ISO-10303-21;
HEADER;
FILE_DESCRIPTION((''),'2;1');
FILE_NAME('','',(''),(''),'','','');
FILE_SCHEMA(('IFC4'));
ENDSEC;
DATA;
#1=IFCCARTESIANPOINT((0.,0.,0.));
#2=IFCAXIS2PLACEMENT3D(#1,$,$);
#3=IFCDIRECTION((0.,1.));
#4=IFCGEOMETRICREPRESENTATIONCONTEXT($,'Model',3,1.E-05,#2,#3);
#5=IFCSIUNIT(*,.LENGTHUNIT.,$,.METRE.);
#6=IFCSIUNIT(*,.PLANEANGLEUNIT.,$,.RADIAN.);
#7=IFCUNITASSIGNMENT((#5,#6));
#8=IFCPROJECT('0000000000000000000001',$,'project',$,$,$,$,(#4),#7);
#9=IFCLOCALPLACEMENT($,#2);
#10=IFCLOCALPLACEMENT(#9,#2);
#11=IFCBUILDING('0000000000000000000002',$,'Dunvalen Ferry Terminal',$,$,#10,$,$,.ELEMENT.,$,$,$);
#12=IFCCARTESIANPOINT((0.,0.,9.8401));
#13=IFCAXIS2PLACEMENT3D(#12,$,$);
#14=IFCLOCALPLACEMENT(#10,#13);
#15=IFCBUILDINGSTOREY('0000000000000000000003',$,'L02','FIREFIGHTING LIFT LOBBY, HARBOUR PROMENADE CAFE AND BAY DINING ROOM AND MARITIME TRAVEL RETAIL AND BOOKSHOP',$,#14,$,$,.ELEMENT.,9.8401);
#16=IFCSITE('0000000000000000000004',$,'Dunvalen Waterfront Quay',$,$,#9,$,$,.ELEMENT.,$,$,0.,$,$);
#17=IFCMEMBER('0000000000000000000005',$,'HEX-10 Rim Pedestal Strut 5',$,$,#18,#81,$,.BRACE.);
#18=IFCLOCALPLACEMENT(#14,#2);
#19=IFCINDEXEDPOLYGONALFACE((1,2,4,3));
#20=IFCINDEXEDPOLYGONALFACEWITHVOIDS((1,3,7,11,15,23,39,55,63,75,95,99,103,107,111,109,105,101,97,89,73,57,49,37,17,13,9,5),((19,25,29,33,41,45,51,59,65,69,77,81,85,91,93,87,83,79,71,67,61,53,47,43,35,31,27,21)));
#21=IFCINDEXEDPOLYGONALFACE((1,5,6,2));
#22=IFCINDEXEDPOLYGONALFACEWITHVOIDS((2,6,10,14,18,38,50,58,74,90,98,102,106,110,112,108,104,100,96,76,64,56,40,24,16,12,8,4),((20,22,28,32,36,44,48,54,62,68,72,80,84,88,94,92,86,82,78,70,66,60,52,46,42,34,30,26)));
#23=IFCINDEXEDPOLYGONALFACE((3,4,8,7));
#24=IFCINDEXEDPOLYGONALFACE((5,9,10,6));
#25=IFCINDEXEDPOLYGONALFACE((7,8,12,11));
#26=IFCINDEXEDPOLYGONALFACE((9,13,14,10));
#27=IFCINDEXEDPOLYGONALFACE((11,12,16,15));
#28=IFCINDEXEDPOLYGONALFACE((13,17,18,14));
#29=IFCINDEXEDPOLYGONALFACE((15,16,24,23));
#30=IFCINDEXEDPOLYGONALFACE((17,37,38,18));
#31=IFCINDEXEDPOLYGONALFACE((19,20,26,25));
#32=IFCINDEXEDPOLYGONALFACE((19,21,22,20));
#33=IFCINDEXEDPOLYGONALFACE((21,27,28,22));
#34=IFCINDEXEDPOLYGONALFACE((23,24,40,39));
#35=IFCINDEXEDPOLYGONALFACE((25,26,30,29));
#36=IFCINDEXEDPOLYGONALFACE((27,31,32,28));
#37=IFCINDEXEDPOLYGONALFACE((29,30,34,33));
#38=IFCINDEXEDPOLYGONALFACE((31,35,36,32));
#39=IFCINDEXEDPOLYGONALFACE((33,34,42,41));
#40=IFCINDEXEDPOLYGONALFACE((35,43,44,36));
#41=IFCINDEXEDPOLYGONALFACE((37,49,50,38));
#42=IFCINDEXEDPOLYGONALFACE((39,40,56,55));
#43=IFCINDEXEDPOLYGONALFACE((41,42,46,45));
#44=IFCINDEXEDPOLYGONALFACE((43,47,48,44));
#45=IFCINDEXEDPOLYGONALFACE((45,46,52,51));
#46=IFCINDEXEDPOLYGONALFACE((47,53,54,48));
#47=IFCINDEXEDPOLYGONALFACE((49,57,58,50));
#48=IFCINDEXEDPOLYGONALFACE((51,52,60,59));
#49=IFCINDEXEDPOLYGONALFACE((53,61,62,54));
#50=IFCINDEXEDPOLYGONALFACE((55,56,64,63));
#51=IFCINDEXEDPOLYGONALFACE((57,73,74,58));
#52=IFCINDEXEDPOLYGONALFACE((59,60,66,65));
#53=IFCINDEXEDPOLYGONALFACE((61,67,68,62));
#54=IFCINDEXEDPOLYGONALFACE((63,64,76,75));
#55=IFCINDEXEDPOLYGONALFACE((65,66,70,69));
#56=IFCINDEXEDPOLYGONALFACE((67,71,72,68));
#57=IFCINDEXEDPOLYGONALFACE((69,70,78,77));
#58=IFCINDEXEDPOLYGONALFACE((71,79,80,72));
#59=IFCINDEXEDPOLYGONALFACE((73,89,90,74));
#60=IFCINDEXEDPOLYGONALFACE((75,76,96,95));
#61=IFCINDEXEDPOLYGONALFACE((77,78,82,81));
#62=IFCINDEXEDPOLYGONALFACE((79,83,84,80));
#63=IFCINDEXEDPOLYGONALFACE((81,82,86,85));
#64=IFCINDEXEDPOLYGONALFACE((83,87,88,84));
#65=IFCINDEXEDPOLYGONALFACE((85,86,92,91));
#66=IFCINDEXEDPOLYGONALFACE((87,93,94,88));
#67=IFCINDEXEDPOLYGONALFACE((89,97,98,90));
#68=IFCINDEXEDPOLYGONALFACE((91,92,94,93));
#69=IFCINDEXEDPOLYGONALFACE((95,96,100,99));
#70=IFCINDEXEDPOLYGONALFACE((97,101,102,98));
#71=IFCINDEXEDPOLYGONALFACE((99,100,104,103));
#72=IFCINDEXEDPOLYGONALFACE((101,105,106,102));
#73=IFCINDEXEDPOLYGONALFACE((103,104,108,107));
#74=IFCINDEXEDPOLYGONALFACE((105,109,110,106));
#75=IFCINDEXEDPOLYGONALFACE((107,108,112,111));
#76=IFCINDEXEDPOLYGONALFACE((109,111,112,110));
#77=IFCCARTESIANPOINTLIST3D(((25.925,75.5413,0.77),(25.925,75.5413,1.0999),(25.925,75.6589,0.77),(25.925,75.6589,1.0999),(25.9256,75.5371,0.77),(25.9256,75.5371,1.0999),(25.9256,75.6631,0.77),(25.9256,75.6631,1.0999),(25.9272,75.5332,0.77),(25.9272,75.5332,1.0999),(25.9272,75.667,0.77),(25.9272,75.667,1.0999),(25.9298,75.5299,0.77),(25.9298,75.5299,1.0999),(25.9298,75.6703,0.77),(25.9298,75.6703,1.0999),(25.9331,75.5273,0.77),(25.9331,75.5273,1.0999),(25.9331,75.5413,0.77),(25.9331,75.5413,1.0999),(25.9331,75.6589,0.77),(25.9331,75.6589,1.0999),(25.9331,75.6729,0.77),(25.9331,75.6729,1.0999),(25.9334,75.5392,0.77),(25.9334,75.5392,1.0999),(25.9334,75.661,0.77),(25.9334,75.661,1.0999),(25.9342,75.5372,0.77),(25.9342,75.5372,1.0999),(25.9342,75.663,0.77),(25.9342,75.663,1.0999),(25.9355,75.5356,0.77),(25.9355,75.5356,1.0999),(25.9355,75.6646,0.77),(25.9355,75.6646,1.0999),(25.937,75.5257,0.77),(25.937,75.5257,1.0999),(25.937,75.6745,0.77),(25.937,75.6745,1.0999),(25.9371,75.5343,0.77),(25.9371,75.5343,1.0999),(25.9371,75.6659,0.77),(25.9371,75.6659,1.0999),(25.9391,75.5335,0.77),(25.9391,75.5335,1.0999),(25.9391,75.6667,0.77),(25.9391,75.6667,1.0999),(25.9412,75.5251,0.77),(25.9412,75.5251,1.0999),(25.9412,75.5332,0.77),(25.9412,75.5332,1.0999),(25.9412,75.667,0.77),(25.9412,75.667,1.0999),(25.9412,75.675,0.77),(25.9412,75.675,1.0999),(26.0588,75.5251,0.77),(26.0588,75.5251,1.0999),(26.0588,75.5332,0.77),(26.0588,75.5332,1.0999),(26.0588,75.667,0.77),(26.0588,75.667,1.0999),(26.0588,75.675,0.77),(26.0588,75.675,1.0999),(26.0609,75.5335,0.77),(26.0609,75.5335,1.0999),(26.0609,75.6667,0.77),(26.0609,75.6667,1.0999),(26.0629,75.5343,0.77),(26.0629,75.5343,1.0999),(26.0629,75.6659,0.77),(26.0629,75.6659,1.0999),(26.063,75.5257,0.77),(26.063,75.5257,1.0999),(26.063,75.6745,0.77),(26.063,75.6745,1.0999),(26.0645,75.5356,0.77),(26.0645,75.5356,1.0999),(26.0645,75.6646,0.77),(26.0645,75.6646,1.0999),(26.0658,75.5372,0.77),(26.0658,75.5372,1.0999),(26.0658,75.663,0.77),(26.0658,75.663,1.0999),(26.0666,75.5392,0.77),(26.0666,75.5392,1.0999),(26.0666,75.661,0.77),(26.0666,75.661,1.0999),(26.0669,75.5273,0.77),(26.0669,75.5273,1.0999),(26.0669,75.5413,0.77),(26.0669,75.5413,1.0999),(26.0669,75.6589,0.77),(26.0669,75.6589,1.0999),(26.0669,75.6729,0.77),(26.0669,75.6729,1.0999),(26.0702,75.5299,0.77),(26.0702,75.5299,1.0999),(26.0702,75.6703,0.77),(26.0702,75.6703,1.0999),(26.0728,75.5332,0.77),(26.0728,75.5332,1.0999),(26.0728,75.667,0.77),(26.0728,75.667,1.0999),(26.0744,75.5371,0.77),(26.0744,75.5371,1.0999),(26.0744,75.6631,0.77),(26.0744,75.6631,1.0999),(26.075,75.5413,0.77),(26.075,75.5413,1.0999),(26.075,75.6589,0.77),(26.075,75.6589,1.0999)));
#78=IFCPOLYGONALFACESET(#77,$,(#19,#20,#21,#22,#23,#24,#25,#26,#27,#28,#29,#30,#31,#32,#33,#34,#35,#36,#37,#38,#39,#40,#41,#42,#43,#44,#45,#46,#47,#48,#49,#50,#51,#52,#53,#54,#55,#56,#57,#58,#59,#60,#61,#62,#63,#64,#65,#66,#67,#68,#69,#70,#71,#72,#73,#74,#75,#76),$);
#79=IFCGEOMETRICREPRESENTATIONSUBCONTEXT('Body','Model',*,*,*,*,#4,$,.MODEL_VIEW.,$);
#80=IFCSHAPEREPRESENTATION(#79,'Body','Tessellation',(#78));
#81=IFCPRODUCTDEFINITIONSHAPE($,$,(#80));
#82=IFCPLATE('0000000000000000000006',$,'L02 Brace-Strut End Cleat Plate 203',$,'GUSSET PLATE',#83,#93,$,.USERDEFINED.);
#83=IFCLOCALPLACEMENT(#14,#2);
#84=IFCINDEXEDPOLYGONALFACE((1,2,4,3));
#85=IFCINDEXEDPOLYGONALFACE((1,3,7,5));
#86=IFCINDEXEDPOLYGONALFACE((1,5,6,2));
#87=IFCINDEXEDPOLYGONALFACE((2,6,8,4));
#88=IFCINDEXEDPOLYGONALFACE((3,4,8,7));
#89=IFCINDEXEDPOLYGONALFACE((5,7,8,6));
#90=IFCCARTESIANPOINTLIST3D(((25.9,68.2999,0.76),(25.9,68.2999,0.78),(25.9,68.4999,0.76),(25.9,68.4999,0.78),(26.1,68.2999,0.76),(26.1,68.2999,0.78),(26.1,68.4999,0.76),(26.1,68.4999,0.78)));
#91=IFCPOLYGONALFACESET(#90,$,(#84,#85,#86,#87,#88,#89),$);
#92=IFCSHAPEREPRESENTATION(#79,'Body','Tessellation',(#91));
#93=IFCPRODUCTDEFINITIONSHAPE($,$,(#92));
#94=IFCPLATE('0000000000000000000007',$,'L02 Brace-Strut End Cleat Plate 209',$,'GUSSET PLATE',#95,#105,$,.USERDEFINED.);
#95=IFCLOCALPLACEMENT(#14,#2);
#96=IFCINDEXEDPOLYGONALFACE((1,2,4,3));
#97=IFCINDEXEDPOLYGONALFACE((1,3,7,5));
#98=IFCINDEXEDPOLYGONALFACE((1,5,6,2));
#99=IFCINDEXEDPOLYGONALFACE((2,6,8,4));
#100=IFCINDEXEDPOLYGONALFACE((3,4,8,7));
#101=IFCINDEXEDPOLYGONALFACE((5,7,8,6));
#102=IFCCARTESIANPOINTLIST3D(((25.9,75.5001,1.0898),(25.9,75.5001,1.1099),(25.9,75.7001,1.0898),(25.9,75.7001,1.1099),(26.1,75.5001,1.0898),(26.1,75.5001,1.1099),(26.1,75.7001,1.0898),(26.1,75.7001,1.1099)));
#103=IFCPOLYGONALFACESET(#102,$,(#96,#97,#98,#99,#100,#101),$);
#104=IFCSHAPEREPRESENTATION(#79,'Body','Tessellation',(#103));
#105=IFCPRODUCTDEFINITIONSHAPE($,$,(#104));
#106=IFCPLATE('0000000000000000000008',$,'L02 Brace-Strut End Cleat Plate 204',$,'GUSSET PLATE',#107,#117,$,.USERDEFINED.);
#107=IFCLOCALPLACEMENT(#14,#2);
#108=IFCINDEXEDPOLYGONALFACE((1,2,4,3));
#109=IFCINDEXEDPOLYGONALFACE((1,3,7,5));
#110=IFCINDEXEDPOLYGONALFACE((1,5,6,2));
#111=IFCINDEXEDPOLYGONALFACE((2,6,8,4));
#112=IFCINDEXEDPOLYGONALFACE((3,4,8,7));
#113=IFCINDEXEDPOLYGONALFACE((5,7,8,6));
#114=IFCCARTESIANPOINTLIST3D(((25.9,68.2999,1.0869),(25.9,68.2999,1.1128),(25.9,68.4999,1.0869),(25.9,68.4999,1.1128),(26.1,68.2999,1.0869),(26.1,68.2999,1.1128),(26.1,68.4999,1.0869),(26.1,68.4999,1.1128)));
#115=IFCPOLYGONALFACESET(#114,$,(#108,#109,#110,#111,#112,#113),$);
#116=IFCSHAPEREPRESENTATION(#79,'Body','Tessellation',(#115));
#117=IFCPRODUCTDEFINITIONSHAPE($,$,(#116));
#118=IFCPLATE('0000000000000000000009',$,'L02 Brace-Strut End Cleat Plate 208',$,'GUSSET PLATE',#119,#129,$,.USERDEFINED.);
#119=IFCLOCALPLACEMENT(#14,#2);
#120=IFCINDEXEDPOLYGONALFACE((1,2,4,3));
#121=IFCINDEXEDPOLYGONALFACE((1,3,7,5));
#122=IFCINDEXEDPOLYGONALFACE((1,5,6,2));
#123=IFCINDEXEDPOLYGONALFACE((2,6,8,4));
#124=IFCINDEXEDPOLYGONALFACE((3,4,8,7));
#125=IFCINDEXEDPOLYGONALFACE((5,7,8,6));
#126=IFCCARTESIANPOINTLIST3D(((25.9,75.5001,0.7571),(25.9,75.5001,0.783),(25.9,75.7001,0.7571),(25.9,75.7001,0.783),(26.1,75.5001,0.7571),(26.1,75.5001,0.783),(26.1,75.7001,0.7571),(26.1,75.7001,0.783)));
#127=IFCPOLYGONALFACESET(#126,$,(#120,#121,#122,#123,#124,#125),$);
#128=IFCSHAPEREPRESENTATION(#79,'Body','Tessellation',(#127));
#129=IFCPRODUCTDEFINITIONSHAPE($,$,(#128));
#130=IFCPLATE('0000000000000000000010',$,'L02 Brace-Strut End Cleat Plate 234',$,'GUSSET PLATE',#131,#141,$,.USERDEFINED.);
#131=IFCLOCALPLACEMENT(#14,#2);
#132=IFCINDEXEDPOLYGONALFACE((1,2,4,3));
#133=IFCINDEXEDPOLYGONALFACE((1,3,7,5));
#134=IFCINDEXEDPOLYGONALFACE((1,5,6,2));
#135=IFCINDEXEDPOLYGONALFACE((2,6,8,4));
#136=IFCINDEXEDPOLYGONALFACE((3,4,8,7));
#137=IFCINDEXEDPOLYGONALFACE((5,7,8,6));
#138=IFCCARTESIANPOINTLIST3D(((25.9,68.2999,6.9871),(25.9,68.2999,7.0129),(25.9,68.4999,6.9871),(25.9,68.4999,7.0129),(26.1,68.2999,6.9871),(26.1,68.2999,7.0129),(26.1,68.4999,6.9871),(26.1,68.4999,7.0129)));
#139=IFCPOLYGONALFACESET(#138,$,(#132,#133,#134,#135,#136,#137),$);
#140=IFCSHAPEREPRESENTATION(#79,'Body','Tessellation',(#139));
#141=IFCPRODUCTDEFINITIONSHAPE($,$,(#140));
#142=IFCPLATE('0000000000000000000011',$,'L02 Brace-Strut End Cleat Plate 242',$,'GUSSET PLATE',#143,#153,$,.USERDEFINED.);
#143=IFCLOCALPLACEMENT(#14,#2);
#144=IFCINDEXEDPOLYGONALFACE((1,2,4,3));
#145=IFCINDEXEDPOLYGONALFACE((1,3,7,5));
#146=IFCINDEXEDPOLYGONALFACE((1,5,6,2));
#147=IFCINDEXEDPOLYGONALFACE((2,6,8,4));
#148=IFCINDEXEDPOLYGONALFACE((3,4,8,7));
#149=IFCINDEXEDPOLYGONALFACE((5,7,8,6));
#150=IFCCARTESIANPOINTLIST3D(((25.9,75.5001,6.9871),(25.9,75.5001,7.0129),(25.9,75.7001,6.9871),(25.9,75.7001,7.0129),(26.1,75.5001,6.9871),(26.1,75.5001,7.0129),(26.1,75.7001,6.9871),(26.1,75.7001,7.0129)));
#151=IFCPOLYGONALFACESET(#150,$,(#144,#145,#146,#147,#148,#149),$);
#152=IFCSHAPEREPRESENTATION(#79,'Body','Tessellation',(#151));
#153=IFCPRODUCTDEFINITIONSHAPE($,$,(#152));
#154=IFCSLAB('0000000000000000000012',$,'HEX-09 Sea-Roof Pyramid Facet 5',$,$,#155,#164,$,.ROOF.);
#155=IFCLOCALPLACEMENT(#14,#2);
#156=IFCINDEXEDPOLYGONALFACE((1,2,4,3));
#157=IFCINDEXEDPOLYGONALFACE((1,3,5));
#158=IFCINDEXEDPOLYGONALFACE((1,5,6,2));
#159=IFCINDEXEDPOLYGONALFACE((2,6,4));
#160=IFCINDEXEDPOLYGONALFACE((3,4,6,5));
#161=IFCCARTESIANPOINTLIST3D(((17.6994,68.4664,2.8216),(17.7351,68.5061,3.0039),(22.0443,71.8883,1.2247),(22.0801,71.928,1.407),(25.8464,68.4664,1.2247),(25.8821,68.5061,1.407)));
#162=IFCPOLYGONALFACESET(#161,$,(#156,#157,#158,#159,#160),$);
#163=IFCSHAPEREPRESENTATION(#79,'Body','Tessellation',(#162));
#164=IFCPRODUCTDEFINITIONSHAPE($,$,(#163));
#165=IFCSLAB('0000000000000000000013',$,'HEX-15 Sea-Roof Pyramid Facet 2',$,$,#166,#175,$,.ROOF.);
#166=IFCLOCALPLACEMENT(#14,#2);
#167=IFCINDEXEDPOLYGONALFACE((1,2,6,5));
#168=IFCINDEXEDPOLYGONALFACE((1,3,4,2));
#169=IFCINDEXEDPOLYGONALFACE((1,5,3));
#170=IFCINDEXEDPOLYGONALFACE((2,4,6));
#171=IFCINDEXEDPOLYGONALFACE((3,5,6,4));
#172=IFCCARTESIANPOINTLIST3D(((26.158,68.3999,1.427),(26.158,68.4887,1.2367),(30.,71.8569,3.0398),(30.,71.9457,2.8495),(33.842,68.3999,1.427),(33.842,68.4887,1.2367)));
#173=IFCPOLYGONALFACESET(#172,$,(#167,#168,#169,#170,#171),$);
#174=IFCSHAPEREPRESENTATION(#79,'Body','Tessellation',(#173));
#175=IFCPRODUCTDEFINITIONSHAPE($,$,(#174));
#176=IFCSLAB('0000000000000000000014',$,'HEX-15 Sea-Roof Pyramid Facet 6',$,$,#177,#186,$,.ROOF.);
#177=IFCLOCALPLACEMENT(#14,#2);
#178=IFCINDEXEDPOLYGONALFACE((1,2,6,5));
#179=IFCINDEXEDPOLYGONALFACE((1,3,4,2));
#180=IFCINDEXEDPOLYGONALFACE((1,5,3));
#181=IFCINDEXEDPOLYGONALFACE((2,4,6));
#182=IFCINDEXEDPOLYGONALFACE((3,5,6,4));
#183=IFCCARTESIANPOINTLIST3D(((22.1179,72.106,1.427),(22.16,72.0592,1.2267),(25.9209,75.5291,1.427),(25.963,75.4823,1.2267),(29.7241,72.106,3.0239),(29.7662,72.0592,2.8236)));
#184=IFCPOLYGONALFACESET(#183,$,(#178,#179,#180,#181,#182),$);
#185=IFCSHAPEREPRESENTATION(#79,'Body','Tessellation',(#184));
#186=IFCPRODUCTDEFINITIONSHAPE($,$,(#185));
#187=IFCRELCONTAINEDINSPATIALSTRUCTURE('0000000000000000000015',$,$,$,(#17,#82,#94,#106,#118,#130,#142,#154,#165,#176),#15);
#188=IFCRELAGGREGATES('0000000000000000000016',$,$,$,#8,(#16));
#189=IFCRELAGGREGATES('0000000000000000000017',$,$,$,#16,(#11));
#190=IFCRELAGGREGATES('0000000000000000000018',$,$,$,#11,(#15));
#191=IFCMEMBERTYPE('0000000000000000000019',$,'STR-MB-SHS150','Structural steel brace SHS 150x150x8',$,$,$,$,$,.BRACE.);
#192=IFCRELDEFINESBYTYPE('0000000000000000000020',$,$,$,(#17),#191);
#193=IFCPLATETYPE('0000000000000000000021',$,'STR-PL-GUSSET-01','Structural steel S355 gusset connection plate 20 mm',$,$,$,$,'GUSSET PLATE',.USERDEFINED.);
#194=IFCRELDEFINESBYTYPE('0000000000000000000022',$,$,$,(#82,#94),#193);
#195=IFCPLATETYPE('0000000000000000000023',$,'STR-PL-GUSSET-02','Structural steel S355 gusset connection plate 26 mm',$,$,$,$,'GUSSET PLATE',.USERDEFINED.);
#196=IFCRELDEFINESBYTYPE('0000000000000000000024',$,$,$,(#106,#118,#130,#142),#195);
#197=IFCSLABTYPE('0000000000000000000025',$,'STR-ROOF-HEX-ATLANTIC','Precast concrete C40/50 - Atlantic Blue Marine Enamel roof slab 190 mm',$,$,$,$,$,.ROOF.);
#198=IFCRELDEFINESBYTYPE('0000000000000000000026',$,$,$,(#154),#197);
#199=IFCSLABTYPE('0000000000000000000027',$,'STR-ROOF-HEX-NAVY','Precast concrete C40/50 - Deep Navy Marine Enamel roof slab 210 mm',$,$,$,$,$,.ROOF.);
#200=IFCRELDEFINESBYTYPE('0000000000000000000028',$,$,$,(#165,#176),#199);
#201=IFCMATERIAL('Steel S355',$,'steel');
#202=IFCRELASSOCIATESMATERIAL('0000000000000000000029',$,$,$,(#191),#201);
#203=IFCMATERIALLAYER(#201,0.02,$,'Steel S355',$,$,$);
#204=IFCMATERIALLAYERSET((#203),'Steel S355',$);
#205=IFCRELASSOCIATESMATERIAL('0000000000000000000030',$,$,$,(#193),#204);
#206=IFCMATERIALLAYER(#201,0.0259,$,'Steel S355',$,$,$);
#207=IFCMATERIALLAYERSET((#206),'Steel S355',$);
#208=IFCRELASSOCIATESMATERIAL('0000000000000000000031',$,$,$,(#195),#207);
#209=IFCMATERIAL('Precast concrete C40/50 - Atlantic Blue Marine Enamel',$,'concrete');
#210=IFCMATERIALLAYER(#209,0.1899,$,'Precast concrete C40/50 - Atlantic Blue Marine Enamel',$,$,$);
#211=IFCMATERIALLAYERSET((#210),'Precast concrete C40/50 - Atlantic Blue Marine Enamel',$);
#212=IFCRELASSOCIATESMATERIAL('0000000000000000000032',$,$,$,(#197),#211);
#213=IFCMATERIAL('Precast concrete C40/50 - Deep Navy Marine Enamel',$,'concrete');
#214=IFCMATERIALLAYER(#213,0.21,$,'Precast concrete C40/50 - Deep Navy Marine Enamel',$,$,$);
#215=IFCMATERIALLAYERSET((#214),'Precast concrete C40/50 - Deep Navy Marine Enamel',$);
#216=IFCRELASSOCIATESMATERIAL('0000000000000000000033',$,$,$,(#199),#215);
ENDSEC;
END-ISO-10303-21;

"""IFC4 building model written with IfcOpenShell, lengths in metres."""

from ifc_helpers import new_model, si_unit, direction, frame, origin, origin_2d, place, context, subcontext, project, spatial, polyline, rectangle, hollow_rectangle, outline, extrude, material, layer, layer_set, material_profile, profile_set, type_object, element, save


model = new_model("IFC4")

# Units and contexts
model_context = context("Model", 3, precision=1e-05, world=origin(), true_north=direction((0.0, 1.0)))
body_context = subcontext(model_context, "Body", "Model", "MODEL_VIEW")
ifc_project = project(units=[si_unit("LENGTHUNIT", "METRE"), si_unit("PLANEANGLEUNIT", "RADIAN")], contexts=[model_context])

# Site, building, storey
site_placement = place(None, origin())
site = spatial("IfcSite", under=ifc_project, at=site_placement, Name="Dunvalen Waterfront Quay", CompositionType="ELEMENT", RefElevation=0.0)
building_placement = place(site_placement, origin())
building = spatial("IfcBuilding", under=site, at=building_placement, Name="Dunvalen Ferry Terminal", CompositionType="ELEMENT")
storey_placement = place(building_placement, frame((0.0, 0.0, 9.8401)))
storey = spatial("IfcBuildingStorey", under=building, at=storey_placement, Name="L02", Description="FIREFIGHTING LIFT LOBBY, HARBOUR PROMENADE CAFE AND BAY DINING ROOM AND MARITIME TRAVEL RETAIL AND BOOKSHOP", CompositionType="ELEMENT", Elevation=9.8401)

# Shared definitions
ifc_material_1 = material(Name="Steel S355", Category="steel")

# Member
ifc_material_profile_1 = material_profile(ifc_material_1, hollow_rectangle(XDim=0.1499, YDim=0.1499, WallThickness=0.0081, InnerFilletRadius=0.0081, OuterFilletRadius=0.0161, at=origin_2d()), Name="Steel S355")
ifc_profile_set_1 = profile_set([ifc_material_profile_1], Name="Steel S355")
member_type_1 = type_object("IfcMemberType", Name="STR-MB-SHS150", Description="Structural steel brace SHS 150x150x8", PredefinedType="BRACE", material=ifc_profile_set_1)
for number, where, z_axis, x_axis, name in (
    (1, (26.0, 75.6001, 0.77), (0.0, 0.0, 1.0), (1.0, 0.0, 0.0), "HEX-10 Rim Pedestal Strut 5"),
):
    element("IfcMember", number, at=place(storey_placement, frame(where, z_axis=z_axis, x_axis=x_axis)), inside=storey, type_object=member_type_1, Name=name, PredefinedType="BRACE", context=body_context, shape_type="SweptSolid", body=[
        extrude(hollow_rectangle(XDim=0.1499, YDim=0.1499, WallThickness=0.0081, InnerFilletRadius=0.0081, OuterFilletRadius=0.0161, at=origin_2d()), origin(), (0.0, 0.0, 1.0), 0.3298),
    ])

# Plates
ifc_layer_1 = layer(ifc_material_1, 0.02, Name="Steel S355")
ifc_layer_set_1 = layer_set([ifc_layer_1], Name="Steel S355")
plate_type_1 = type_object("IfcPlateType", Name="STR-PL-GUSSET-01", Description="Structural steel S355 gusset connection plate 20 mm", ElementType="GUSSET PLATE", PredefinedType="USERDEFINED", material=ifc_layer_set_1)
for number, where, z_axis, x_axis, name in (
    (2, (26.0, 68.3999, 0.76), (0.0, 0.0, 1.0), (1.0, 0.0, 0.0), "L02 Brace-Strut End Cleat Plate 203"),
    (3, (26.0, 75.6001, 1.0898), (0.0, 0.0, 1.0), (1.0, 0.0, 0.0), "L02 Brace-Strut End Cleat Plate 209"),
):
    element("IfcPlate", number, at=place(storey_placement, frame(where, z_axis=z_axis, x_axis=x_axis)), inside=storey, type_object=plate_type_1, Name=name, ObjectType="GUSSET PLATE", PredefinedType="USERDEFINED", context=body_context, shape_type="SweptSolid", body=[
        extrude(rectangle(XDim=0.2, YDim=0.2, at=origin_2d()), origin(), (0.0, 0.0, 1.0), 0.02),
    ])
ifc_layer_2 = layer(ifc_material_1, 0.0259, Name="Steel S355")
ifc_layer_set_2 = layer_set([ifc_layer_2], Name="Steel S355")
plate_type_2 = type_object("IfcPlateType", Name="STR-PL-GUSSET-02", Description="Structural steel S355 gusset connection plate 26 mm", ElementType="GUSSET PLATE", PredefinedType="USERDEFINED", material=ifc_layer_set_2)
for number, where, z_axis, x_axis, name in (
    (4, (26.0, 68.3999, 1.0869), (0.0, 0.0, 1.0), (1.0, 0.0, 0.0), "L02 Brace-Strut End Cleat Plate 204"),
    (5, (26.0, 75.6001, 0.7571), (0.0, 0.0, 1.0), (1.0, 0.0, 0.0), "L02 Brace-Strut End Cleat Plate 208"),
    (6, (26.0, 68.3999, 6.9871), (0.0, 0.0, 1.0), (1.0, 0.0, 0.0), "L02 Brace-Strut End Cleat Plate 234"),
    (7, (26.0, 75.6001, 6.9871), (0.0, 0.0, 1.0), (1.0, 0.0, 0.0), "L02 Brace-Strut End Cleat Plate 242"),
):
    element("IfcPlate", number, at=place(storey_placement, frame(where, z_axis=z_axis, x_axis=x_axis)), inside=storey, type_object=plate_type_2, Name=name, ObjectType="GUSSET PLATE", PredefinedType="USERDEFINED", context=body_context, shape_type="SweptSolid", body=[
        extrude(rectangle(XDim=0.2, YDim=0.2, at=origin_2d()), origin(), (0.0, 0.0, 1.0), 0.0259),
    ])

# Slabs
ifc_material_2 = material(Name="Precast concrete C40/50 - Atlantic Blue Marine Enamel", Category="concrete")
ifc_layer_3 = layer(ifc_material_2, 0.1899, Name="Precast concrete C40/50 - Atlantic Blue Marine Enamel")
ifc_layer_set_3 = layer_set([ifc_layer_3], Name="Precast concrete C40/50 - Atlantic Blue Marine Enamel")
slab_type_1 = type_object("IfcSlabType", Name="STR-ROOF-HEX-ATLANTIC", Description="Precast concrete C40/50 - Atlantic Blue Marine Enamel roof slab 190 mm", PredefinedType="ROOF", material=ifc_layer_set_3)
slab_1_placement = place(storey_placement, frame((25.8821, 68.5061, 1.407), z_axis=(0.188106, 0.209002, 0.959653), x_axis=(-0.743287, 0.668973, 0.0)))
element("IfcSlab", 8, at=slab_1_placement, inside=storey, type_object=slab_type_1, Name="HEX-09 Sea-Roof Pyramid Facet 5", PredefinedType="ROOF", context=body_context, shape_type="SweptSolid", body=[
    extrude(outline(polyline([(0.0, 0.0), (5.1151, 0.0), (6.0555, 5.6792), (0.0, 0.0)])), origin(), (0.0, 0.0, -1.0), 0.1899),
])
ifc_material_3 = material(Name="Precast concrete C40/50 - Deep Navy Marine Enamel", Category="concrete")
ifc_layer_4 = layer(ifc_material_3, 0.21, Name="Precast concrete C40/50 - Deep Navy Marine Enamel")
ifc_layer_set_4 = layer_set([ifc_layer_4], Name="Precast concrete C40/50 - Deep Navy Marine Enamel")
slab_type_2 = type_object("IfcSlabType", Name="STR-ROOF-HEX-NAVY", Description="Precast concrete C40/50 - Deep Navy Marine Enamel roof slab 210 mm", PredefinedType="ROOF", material=ifc_layer_set_4)
slab_2_placement = place(storey_placement, frame((26.158, 68.3999, 1.427), z_axis=(0.0, -0.42278, 0.906232), x_axis=(1.0, 0.0, 0.0)))
element("IfcSlab", 9, at=slab_2_placement, inside=storey, type_object=slab_type_2, Name="HEX-15 Sea-Roof Pyramid Facet 2", PredefinedType="ROOF", context=body_context, shape_type="SweptSolid", body=[
    extrude(outline(polyline([(0.0, 0.0), (7.6841, 0.0), (3.842, 3.8147), (0.0, 0.0)])), origin(), (0.0, 0.0, -1.0), 0.21),
])
slab_3_placement = place(storey_placement, frame((25.9209, 75.5291, 1.427), z_axis=(-0.200318, 0.222548, 0.95412), x_axis=(-0.743254, -0.66901, 0.0)))
element("IfcSlab", 10, at=slab_3_placement, inside=storey, type_object=slab_type_2, Name="HEX-15 Sea-Roof Pyramid Facet 6", PredefinedType="ROOF", context=body_context, shape_type="SweptSolid", body=[
    extrude(outline(polyline([(0.0, 0.0), (5.1167, 0.0), (-0.5367, 5.3333), (0.0, 0.0)])), origin(), (0.0, 0.0, -1.0), 0.21),
])

save(model, "model.ifc")
